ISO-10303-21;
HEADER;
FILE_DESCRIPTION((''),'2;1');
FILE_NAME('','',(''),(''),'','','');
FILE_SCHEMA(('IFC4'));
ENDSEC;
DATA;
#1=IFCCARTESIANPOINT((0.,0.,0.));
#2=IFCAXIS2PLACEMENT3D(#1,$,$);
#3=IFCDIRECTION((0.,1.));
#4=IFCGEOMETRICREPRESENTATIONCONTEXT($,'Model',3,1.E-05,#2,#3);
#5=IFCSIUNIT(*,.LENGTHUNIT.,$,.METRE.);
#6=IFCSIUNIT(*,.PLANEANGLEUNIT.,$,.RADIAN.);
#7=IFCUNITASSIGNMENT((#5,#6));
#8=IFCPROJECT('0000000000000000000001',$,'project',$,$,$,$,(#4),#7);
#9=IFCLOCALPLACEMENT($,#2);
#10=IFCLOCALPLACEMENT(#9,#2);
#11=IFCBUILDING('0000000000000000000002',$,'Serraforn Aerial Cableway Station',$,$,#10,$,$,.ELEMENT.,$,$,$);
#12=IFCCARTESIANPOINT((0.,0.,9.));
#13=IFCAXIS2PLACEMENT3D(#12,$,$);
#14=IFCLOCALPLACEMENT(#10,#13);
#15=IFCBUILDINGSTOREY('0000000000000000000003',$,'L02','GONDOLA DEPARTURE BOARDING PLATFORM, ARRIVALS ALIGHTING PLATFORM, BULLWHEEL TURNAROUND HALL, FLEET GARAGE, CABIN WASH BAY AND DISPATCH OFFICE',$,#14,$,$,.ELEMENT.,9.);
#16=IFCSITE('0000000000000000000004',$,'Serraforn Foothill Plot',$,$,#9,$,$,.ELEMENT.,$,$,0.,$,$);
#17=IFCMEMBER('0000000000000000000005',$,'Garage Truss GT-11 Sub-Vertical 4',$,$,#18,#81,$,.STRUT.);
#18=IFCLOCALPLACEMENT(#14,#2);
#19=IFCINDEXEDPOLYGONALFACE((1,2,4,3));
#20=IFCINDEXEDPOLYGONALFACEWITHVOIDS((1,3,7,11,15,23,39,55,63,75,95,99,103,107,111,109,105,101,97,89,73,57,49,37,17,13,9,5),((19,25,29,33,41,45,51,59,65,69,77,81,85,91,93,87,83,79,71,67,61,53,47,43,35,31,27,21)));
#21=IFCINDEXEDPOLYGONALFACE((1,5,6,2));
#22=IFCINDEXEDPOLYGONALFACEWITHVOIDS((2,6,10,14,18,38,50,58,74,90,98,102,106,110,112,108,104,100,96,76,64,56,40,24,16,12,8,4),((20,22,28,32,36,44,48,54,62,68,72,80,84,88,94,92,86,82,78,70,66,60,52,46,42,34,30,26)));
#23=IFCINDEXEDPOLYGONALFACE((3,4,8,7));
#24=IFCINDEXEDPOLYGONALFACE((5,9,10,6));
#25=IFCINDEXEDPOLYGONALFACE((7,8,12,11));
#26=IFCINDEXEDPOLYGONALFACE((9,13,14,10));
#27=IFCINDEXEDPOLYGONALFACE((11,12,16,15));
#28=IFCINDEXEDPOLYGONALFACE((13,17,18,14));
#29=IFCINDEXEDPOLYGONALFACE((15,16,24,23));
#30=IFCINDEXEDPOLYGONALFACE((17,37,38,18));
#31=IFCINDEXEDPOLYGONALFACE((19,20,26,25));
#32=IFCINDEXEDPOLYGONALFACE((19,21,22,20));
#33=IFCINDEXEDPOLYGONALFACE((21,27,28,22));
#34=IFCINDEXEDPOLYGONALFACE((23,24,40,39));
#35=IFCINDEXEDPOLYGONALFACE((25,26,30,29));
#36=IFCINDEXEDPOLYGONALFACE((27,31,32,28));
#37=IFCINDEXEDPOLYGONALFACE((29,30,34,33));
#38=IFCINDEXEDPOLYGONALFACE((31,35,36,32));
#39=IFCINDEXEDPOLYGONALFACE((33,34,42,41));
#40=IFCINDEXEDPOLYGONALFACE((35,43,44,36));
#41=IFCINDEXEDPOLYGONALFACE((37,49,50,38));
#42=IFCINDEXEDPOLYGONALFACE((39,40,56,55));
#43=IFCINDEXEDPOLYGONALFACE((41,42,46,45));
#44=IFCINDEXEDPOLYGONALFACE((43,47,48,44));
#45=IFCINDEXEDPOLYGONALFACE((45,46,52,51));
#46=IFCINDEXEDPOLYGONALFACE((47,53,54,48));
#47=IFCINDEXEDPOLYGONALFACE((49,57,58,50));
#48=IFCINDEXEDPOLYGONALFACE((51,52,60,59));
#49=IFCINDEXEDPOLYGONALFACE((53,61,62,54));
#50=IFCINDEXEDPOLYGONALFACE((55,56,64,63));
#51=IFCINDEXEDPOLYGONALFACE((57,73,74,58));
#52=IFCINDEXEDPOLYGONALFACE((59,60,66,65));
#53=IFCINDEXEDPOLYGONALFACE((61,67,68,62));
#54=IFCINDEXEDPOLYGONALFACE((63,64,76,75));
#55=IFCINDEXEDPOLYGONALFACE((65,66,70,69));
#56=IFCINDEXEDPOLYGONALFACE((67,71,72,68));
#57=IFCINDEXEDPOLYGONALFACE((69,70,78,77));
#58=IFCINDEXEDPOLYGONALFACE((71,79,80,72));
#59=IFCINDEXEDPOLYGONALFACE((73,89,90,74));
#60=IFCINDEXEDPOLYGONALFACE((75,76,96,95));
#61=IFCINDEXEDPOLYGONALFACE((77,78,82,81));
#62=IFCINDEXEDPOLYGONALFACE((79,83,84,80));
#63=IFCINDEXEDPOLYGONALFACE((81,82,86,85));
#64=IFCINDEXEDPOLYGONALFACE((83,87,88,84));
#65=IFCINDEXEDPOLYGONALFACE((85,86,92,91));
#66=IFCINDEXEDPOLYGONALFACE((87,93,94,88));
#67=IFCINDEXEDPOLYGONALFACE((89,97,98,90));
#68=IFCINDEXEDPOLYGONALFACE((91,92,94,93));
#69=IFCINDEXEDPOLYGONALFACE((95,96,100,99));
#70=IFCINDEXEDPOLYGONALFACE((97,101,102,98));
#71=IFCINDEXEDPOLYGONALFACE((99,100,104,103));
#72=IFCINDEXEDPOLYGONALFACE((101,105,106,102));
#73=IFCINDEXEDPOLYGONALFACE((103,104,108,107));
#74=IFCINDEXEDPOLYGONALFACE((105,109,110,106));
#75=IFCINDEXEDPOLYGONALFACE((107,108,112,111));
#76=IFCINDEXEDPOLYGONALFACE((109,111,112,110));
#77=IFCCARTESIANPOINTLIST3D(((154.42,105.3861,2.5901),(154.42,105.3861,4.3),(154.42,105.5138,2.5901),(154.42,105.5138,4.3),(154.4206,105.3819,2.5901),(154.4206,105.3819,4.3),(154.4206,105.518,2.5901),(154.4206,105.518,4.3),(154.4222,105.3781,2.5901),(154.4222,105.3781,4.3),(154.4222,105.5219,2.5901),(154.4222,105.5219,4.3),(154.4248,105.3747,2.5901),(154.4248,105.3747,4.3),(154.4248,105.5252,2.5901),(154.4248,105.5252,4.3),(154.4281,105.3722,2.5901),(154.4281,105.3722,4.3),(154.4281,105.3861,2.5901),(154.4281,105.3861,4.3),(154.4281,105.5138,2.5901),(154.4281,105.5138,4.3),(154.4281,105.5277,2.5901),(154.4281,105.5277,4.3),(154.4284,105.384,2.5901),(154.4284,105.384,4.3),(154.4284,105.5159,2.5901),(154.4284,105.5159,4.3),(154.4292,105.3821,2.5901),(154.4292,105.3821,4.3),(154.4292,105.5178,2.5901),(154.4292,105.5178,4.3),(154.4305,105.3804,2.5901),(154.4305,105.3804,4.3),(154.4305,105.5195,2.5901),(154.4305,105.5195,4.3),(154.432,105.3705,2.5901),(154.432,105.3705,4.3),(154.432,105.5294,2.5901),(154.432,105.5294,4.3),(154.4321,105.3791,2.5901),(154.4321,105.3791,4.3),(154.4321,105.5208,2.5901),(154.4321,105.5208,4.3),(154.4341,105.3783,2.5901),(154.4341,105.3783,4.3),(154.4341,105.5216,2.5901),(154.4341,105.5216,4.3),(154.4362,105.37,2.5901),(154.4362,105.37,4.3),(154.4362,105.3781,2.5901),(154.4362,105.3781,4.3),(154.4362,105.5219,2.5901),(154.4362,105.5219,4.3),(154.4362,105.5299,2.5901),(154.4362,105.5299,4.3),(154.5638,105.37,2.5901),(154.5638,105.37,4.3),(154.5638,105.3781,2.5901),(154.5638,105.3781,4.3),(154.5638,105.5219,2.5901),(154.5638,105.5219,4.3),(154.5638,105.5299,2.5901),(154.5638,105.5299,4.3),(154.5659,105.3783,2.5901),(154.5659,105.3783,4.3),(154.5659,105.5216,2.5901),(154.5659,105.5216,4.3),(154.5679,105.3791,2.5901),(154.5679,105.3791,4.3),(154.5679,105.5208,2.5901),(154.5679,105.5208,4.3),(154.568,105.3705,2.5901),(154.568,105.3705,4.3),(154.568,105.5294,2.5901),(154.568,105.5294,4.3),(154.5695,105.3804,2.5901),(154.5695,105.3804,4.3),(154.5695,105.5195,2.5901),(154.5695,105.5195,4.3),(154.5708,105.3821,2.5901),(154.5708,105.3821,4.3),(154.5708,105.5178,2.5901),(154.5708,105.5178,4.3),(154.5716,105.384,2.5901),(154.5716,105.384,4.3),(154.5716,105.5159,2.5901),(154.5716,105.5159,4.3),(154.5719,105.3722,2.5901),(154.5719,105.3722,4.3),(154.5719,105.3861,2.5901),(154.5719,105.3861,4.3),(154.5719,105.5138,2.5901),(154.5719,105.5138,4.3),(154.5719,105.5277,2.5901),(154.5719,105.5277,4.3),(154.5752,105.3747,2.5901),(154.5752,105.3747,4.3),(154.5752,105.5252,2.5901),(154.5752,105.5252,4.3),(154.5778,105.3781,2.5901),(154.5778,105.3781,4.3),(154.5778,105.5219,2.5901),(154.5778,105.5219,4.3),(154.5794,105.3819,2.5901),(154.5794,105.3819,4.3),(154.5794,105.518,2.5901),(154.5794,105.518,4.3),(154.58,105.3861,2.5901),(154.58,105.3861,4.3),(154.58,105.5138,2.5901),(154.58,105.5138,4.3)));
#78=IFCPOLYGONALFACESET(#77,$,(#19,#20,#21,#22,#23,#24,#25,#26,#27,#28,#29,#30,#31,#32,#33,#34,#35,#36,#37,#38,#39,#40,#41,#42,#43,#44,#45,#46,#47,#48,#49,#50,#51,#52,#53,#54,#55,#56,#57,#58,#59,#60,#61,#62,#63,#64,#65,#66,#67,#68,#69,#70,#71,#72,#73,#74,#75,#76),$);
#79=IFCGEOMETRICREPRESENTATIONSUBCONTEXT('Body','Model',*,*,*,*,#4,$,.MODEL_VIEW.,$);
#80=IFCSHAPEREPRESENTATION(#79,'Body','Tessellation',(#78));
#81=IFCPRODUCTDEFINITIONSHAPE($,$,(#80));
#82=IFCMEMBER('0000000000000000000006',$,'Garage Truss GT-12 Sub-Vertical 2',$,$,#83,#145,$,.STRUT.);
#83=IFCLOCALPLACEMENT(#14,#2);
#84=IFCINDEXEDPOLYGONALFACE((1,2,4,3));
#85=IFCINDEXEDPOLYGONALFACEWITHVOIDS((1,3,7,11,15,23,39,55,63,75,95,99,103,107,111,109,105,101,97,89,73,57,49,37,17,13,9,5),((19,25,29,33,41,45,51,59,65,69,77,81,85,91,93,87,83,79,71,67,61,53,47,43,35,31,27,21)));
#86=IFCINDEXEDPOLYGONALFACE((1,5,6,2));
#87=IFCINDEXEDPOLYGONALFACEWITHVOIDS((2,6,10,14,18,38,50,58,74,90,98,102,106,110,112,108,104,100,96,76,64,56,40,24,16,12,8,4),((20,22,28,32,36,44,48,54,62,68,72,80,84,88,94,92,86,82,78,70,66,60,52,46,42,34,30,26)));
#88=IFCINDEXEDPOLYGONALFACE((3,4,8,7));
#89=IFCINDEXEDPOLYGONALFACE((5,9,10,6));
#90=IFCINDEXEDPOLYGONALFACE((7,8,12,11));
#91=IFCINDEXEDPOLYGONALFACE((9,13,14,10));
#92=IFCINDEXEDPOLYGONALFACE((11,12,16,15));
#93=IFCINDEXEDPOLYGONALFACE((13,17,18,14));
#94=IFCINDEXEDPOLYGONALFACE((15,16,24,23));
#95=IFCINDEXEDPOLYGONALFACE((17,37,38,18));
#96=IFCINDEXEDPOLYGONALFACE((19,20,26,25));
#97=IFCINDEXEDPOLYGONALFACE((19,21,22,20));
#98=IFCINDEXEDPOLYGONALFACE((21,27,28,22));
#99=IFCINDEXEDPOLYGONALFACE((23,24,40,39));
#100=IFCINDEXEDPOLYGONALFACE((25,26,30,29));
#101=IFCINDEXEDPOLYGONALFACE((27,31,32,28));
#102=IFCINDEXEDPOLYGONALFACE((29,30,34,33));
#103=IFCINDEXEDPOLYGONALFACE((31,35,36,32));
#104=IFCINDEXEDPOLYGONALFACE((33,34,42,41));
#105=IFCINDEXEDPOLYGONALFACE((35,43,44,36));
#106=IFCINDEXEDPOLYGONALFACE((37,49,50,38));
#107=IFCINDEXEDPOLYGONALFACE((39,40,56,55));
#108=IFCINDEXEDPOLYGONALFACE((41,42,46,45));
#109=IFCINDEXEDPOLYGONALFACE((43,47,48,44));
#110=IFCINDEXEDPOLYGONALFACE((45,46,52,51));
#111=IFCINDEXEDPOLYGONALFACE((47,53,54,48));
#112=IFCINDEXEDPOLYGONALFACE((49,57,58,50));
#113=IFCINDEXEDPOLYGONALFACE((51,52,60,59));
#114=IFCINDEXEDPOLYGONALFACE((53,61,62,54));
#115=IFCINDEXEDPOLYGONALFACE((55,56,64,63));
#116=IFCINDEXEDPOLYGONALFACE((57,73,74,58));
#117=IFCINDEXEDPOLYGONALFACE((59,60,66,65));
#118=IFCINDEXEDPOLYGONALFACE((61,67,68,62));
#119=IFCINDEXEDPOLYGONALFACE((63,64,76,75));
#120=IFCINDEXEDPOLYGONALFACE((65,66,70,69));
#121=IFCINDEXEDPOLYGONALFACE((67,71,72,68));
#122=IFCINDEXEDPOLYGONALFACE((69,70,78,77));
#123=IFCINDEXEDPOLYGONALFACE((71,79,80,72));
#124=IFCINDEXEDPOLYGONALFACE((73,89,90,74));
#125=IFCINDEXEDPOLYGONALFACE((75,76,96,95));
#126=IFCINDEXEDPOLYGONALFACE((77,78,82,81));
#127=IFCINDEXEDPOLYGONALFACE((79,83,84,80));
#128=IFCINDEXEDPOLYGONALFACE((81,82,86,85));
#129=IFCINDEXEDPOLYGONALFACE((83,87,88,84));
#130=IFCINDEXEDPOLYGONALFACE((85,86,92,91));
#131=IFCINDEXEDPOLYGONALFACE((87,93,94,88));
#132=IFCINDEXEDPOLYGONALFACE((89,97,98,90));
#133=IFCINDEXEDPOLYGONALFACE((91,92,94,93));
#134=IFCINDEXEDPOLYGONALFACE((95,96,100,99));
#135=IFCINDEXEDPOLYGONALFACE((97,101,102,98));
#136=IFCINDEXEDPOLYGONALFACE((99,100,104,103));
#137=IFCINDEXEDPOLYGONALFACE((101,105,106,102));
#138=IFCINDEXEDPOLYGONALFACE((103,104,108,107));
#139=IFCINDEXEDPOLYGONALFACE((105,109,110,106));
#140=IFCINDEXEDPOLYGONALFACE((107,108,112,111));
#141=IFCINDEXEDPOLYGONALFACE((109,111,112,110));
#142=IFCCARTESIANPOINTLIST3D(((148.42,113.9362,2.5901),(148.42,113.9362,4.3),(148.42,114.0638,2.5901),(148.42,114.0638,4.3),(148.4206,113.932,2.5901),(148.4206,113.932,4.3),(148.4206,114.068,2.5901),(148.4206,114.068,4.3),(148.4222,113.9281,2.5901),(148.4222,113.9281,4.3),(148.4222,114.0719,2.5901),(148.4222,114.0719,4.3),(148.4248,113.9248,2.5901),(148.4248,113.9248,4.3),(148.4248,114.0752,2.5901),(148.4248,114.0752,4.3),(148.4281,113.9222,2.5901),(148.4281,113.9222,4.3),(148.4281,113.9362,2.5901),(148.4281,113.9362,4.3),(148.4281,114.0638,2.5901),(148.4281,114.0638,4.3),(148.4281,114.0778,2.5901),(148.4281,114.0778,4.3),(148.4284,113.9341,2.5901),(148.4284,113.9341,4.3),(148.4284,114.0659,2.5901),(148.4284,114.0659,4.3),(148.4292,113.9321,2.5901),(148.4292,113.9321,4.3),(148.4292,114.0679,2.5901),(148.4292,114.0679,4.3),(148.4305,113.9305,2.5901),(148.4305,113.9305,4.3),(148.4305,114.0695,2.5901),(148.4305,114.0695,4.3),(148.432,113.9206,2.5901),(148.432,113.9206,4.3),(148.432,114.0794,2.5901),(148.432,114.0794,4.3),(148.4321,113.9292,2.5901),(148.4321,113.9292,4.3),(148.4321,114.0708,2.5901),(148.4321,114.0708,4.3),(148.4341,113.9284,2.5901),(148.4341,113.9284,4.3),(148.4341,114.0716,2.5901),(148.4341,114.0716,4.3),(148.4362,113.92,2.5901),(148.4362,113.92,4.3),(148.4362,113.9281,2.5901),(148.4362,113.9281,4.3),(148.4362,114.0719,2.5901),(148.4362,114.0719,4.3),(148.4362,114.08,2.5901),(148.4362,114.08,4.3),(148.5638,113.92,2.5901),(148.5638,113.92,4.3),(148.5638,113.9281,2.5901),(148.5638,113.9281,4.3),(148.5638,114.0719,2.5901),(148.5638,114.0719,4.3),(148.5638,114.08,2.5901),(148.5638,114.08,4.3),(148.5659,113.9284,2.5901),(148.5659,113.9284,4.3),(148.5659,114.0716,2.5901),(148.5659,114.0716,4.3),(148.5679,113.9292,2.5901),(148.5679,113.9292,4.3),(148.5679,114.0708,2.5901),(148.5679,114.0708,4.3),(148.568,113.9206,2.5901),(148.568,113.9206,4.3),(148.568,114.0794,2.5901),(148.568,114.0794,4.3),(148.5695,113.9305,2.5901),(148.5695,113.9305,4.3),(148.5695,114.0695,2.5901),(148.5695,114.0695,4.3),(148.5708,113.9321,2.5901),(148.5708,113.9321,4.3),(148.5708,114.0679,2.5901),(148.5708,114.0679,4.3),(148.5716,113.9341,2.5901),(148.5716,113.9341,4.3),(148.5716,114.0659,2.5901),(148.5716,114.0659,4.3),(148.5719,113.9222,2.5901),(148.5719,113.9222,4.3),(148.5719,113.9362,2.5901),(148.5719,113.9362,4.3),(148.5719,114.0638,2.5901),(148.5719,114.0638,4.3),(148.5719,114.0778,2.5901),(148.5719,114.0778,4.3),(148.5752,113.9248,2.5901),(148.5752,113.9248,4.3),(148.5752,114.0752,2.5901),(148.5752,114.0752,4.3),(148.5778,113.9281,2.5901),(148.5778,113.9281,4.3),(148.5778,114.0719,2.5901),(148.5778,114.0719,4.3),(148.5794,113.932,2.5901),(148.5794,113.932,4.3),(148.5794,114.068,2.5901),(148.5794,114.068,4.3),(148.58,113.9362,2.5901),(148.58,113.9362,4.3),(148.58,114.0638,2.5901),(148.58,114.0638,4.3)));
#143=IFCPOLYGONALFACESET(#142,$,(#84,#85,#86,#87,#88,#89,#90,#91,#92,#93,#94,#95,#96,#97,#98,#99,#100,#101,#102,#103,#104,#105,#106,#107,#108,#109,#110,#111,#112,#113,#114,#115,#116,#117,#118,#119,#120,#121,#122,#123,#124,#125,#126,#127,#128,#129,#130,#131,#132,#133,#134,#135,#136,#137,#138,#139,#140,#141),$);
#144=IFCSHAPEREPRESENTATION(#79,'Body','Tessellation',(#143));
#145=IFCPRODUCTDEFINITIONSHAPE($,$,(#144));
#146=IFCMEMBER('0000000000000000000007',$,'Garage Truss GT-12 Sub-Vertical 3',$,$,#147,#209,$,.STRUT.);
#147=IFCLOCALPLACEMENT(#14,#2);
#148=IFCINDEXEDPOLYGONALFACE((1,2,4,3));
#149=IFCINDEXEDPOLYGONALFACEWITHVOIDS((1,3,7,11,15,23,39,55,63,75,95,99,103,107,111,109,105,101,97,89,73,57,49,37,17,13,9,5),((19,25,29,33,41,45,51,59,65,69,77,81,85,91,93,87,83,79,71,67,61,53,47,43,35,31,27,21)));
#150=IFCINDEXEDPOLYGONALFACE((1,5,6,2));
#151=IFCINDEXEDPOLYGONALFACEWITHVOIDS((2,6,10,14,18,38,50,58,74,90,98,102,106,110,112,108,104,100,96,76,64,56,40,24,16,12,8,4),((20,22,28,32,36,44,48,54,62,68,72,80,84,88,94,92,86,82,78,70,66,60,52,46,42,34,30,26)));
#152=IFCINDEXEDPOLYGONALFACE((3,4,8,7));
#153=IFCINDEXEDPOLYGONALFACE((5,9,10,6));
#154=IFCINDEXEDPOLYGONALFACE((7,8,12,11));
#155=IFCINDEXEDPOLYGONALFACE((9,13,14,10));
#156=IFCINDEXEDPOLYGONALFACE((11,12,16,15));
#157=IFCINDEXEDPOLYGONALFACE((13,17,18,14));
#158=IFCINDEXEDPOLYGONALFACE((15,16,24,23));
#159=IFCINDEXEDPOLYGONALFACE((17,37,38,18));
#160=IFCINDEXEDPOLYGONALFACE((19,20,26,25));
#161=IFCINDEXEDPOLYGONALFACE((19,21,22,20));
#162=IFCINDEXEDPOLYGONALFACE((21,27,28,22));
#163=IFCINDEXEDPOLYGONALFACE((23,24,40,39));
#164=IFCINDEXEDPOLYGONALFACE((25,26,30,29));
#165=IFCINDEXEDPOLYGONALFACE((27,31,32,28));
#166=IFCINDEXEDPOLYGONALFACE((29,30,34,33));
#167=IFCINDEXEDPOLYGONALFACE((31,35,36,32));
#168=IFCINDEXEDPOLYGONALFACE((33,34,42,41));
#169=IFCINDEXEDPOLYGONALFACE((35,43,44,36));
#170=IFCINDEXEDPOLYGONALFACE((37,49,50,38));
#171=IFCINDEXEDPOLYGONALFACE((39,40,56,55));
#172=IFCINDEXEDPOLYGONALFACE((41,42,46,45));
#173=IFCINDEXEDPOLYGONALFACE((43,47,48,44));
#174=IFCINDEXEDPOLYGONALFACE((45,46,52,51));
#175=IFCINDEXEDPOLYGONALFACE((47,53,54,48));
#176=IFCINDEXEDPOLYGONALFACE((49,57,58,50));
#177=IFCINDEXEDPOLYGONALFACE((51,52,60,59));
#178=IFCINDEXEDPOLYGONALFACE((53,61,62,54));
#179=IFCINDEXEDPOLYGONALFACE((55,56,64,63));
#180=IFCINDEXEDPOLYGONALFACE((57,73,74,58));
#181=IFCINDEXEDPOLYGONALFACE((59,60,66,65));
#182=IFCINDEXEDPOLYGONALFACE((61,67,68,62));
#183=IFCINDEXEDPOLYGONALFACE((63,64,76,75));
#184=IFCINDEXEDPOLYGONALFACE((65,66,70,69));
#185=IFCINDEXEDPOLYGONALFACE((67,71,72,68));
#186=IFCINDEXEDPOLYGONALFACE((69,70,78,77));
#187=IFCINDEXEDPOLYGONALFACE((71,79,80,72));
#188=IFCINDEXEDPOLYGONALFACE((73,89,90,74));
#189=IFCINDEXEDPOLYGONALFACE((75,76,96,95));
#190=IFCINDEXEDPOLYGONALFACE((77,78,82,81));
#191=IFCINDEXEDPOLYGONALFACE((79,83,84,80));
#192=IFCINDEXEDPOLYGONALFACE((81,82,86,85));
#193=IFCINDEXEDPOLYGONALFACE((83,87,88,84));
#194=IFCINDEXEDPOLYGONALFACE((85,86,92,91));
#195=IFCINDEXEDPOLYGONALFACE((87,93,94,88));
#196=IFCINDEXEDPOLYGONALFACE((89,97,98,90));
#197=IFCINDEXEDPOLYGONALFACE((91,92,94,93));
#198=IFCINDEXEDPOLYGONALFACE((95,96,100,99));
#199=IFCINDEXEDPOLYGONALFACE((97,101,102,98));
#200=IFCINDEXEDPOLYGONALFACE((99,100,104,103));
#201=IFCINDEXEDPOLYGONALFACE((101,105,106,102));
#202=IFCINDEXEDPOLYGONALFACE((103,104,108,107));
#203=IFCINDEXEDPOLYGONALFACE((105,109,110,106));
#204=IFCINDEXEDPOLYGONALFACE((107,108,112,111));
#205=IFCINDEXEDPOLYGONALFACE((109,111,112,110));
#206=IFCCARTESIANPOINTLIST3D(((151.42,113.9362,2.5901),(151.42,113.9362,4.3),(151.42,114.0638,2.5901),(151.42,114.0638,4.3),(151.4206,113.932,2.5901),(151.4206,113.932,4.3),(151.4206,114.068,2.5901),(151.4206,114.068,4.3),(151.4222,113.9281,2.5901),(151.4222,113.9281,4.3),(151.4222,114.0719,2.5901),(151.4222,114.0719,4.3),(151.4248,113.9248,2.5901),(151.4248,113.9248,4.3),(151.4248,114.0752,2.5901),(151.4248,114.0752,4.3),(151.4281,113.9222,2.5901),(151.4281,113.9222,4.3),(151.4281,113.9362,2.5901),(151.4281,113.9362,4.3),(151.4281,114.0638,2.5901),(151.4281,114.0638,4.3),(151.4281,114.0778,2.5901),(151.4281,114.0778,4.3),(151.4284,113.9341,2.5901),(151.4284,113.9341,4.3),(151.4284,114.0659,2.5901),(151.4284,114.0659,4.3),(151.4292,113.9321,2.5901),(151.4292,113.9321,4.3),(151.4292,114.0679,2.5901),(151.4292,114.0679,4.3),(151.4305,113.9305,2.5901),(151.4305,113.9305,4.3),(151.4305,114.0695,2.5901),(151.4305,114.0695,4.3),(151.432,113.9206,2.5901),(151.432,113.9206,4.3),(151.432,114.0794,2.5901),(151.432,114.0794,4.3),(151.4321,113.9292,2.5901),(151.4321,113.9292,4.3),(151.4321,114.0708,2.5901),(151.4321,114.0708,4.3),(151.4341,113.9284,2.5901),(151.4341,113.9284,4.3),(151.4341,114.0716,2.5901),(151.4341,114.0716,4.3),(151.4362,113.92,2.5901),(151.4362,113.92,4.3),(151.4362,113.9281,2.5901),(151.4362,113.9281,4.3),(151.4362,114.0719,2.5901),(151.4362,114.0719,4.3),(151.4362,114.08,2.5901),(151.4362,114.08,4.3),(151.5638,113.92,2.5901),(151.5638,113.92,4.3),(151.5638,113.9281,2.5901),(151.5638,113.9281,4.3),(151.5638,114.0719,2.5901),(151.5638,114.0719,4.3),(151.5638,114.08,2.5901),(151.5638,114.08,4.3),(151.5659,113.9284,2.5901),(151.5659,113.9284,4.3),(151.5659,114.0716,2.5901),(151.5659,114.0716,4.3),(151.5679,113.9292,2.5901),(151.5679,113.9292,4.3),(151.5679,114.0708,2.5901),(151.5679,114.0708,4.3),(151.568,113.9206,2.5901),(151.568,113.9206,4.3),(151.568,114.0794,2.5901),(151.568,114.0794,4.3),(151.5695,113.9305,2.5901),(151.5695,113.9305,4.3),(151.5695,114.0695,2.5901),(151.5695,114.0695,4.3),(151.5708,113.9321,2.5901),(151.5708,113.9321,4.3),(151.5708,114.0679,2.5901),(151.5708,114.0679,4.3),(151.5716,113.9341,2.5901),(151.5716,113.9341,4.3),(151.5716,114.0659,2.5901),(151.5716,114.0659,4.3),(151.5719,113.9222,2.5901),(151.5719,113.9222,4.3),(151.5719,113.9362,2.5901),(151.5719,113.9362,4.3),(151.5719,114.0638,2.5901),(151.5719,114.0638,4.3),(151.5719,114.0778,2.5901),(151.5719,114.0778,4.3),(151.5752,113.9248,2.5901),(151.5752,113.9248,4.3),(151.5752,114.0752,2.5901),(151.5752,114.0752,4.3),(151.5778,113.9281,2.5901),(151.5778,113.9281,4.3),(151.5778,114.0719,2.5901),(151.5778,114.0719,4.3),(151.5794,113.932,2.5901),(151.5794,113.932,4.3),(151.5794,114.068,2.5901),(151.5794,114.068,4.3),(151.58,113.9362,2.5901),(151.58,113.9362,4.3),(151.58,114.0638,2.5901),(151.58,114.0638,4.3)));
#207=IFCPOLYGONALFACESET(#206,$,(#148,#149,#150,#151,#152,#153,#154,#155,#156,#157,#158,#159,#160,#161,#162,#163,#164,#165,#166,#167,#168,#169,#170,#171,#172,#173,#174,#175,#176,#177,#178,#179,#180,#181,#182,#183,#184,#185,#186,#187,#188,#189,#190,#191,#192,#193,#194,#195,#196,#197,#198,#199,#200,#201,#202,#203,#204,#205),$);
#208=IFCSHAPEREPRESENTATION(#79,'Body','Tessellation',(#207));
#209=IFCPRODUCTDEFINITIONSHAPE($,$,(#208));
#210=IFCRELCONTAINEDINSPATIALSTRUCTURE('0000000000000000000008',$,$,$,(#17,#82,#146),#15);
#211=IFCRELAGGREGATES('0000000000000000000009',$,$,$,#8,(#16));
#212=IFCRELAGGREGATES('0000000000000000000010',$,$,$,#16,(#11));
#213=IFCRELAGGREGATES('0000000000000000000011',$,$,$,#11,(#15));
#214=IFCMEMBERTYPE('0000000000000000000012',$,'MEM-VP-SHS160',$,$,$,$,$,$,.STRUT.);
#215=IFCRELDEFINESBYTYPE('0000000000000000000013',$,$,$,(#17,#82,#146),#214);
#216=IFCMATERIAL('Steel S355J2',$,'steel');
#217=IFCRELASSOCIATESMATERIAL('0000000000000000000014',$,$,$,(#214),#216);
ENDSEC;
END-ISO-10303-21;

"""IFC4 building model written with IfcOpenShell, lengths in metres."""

from ifc_helpers import new_model, si_unit, direction, frame, origin, origin_2d, place, context, subcontext, project, spatial, hollow_rectangle, extrude, material, material_profile, profile_set, type_object, element, save


model = new_model("IFC4")

# Units and contexts
model_context = context("Model", 3, precision=1e-05, world=origin(), true_north=direction((0.0, 1.0)))
body_context = subcontext(model_context, "Body", "Model", "MODEL_VIEW")
ifc_project = project(units=[si_unit("LENGTHUNIT", "METRE"), si_unit("PLANEANGLEUNIT", "RADIAN")], contexts=[model_context])

# Site, building, storey
site_placement = place(None, origin())
site = spatial("IfcSite", under=ifc_project, at=site_placement, Name="Serraforn Foothill Plot", CompositionType="ELEMENT", RefElevation=0.0)
building_placement = place(site_placement, origin())
building = spatial("IfcBuilding", under=site, at=building_placement, Name="Serraforn Aerial Cableway Station", CompositionType="ELEMENT")
storey_placement = place(building_placement, frame((0.0, 0.0, 9.0)))
storey = spatial("IfcBuildingStorey", under=building, at=storey_placement, Name="L02", Description="GONDOLA DEPARTURE BOARDING PLATFORM, ARRIVALS ALIGHTING PLATFORM, BULLWHEEL TURNAROUND HALL, FLEET GARAGE, CABIN WASH BAY AND DISPATCH OFFICE", CompositionType="ELEMENT", Elevation=9.0)

# Shared definitions
ifc_material_1 = material(Name="Steel S355J2", Category="steel")

# Members
ifc_material_profile_1 = material_profile(ifc_material_1, hollow_rectangle(XDim=0.1599, YDim=0.1599, WallThickness=0.0081, InnerFilletRadius=0.0081, OuterFilletRadius=0.0161, at=origin_2d()), Name="SHS 160x160x8.0")
ifc_profile_set_1 = profile_set([ifc_material_profile_1], Name="Steel S355J2")
member_type_1 = type_object("IfcMemberType", Name="MEM-VP-SHS160", PredefinedType="STRUT", material=ifc_profile_set_1)
for number, where, z_axis, x_axis, name in (
    (1, (154.5, 105.45, 2.5901), (0.0, 0.0, 1.0), (1.0, 0.0, 0.0), "Garage Truss GT-11 Sub-Vertical 4"),
    (2, (148.5, 114.0, 2.5901), (0.0, 0.0, 1.0), (1.0, 0.0, 0.0), "Garage Truss GT-12 Sub-Vertical 2"),
    (3, (151.5, 114.0, 2.5901), (0.0, 0.0, 1.0), (1.0, 0.0, 0.0), "Garage Truss GT-12 Sub-Vertical 3"),
):
    element("IfcMember", number, at=place(storey_placement, frame(where, z_axis=z_axis, x_axis=x_axis)), inside=storey, type_object=member_type_1, Name=name, PredefinedType="STRUT", context=body_context, shape_type="SweptSolid", body=[
        extrude(hollow_rectangle(XDim=0.1599, YDim=0.1599, WallThickness=0.0081, InnerFilletRadius=0.0081, OuterFilletRadius=0.0161, at=origin_2d()), origin(), (0.0, 0.0, 1.0), 1.71),
    ])

save(model, "model.ifc")
